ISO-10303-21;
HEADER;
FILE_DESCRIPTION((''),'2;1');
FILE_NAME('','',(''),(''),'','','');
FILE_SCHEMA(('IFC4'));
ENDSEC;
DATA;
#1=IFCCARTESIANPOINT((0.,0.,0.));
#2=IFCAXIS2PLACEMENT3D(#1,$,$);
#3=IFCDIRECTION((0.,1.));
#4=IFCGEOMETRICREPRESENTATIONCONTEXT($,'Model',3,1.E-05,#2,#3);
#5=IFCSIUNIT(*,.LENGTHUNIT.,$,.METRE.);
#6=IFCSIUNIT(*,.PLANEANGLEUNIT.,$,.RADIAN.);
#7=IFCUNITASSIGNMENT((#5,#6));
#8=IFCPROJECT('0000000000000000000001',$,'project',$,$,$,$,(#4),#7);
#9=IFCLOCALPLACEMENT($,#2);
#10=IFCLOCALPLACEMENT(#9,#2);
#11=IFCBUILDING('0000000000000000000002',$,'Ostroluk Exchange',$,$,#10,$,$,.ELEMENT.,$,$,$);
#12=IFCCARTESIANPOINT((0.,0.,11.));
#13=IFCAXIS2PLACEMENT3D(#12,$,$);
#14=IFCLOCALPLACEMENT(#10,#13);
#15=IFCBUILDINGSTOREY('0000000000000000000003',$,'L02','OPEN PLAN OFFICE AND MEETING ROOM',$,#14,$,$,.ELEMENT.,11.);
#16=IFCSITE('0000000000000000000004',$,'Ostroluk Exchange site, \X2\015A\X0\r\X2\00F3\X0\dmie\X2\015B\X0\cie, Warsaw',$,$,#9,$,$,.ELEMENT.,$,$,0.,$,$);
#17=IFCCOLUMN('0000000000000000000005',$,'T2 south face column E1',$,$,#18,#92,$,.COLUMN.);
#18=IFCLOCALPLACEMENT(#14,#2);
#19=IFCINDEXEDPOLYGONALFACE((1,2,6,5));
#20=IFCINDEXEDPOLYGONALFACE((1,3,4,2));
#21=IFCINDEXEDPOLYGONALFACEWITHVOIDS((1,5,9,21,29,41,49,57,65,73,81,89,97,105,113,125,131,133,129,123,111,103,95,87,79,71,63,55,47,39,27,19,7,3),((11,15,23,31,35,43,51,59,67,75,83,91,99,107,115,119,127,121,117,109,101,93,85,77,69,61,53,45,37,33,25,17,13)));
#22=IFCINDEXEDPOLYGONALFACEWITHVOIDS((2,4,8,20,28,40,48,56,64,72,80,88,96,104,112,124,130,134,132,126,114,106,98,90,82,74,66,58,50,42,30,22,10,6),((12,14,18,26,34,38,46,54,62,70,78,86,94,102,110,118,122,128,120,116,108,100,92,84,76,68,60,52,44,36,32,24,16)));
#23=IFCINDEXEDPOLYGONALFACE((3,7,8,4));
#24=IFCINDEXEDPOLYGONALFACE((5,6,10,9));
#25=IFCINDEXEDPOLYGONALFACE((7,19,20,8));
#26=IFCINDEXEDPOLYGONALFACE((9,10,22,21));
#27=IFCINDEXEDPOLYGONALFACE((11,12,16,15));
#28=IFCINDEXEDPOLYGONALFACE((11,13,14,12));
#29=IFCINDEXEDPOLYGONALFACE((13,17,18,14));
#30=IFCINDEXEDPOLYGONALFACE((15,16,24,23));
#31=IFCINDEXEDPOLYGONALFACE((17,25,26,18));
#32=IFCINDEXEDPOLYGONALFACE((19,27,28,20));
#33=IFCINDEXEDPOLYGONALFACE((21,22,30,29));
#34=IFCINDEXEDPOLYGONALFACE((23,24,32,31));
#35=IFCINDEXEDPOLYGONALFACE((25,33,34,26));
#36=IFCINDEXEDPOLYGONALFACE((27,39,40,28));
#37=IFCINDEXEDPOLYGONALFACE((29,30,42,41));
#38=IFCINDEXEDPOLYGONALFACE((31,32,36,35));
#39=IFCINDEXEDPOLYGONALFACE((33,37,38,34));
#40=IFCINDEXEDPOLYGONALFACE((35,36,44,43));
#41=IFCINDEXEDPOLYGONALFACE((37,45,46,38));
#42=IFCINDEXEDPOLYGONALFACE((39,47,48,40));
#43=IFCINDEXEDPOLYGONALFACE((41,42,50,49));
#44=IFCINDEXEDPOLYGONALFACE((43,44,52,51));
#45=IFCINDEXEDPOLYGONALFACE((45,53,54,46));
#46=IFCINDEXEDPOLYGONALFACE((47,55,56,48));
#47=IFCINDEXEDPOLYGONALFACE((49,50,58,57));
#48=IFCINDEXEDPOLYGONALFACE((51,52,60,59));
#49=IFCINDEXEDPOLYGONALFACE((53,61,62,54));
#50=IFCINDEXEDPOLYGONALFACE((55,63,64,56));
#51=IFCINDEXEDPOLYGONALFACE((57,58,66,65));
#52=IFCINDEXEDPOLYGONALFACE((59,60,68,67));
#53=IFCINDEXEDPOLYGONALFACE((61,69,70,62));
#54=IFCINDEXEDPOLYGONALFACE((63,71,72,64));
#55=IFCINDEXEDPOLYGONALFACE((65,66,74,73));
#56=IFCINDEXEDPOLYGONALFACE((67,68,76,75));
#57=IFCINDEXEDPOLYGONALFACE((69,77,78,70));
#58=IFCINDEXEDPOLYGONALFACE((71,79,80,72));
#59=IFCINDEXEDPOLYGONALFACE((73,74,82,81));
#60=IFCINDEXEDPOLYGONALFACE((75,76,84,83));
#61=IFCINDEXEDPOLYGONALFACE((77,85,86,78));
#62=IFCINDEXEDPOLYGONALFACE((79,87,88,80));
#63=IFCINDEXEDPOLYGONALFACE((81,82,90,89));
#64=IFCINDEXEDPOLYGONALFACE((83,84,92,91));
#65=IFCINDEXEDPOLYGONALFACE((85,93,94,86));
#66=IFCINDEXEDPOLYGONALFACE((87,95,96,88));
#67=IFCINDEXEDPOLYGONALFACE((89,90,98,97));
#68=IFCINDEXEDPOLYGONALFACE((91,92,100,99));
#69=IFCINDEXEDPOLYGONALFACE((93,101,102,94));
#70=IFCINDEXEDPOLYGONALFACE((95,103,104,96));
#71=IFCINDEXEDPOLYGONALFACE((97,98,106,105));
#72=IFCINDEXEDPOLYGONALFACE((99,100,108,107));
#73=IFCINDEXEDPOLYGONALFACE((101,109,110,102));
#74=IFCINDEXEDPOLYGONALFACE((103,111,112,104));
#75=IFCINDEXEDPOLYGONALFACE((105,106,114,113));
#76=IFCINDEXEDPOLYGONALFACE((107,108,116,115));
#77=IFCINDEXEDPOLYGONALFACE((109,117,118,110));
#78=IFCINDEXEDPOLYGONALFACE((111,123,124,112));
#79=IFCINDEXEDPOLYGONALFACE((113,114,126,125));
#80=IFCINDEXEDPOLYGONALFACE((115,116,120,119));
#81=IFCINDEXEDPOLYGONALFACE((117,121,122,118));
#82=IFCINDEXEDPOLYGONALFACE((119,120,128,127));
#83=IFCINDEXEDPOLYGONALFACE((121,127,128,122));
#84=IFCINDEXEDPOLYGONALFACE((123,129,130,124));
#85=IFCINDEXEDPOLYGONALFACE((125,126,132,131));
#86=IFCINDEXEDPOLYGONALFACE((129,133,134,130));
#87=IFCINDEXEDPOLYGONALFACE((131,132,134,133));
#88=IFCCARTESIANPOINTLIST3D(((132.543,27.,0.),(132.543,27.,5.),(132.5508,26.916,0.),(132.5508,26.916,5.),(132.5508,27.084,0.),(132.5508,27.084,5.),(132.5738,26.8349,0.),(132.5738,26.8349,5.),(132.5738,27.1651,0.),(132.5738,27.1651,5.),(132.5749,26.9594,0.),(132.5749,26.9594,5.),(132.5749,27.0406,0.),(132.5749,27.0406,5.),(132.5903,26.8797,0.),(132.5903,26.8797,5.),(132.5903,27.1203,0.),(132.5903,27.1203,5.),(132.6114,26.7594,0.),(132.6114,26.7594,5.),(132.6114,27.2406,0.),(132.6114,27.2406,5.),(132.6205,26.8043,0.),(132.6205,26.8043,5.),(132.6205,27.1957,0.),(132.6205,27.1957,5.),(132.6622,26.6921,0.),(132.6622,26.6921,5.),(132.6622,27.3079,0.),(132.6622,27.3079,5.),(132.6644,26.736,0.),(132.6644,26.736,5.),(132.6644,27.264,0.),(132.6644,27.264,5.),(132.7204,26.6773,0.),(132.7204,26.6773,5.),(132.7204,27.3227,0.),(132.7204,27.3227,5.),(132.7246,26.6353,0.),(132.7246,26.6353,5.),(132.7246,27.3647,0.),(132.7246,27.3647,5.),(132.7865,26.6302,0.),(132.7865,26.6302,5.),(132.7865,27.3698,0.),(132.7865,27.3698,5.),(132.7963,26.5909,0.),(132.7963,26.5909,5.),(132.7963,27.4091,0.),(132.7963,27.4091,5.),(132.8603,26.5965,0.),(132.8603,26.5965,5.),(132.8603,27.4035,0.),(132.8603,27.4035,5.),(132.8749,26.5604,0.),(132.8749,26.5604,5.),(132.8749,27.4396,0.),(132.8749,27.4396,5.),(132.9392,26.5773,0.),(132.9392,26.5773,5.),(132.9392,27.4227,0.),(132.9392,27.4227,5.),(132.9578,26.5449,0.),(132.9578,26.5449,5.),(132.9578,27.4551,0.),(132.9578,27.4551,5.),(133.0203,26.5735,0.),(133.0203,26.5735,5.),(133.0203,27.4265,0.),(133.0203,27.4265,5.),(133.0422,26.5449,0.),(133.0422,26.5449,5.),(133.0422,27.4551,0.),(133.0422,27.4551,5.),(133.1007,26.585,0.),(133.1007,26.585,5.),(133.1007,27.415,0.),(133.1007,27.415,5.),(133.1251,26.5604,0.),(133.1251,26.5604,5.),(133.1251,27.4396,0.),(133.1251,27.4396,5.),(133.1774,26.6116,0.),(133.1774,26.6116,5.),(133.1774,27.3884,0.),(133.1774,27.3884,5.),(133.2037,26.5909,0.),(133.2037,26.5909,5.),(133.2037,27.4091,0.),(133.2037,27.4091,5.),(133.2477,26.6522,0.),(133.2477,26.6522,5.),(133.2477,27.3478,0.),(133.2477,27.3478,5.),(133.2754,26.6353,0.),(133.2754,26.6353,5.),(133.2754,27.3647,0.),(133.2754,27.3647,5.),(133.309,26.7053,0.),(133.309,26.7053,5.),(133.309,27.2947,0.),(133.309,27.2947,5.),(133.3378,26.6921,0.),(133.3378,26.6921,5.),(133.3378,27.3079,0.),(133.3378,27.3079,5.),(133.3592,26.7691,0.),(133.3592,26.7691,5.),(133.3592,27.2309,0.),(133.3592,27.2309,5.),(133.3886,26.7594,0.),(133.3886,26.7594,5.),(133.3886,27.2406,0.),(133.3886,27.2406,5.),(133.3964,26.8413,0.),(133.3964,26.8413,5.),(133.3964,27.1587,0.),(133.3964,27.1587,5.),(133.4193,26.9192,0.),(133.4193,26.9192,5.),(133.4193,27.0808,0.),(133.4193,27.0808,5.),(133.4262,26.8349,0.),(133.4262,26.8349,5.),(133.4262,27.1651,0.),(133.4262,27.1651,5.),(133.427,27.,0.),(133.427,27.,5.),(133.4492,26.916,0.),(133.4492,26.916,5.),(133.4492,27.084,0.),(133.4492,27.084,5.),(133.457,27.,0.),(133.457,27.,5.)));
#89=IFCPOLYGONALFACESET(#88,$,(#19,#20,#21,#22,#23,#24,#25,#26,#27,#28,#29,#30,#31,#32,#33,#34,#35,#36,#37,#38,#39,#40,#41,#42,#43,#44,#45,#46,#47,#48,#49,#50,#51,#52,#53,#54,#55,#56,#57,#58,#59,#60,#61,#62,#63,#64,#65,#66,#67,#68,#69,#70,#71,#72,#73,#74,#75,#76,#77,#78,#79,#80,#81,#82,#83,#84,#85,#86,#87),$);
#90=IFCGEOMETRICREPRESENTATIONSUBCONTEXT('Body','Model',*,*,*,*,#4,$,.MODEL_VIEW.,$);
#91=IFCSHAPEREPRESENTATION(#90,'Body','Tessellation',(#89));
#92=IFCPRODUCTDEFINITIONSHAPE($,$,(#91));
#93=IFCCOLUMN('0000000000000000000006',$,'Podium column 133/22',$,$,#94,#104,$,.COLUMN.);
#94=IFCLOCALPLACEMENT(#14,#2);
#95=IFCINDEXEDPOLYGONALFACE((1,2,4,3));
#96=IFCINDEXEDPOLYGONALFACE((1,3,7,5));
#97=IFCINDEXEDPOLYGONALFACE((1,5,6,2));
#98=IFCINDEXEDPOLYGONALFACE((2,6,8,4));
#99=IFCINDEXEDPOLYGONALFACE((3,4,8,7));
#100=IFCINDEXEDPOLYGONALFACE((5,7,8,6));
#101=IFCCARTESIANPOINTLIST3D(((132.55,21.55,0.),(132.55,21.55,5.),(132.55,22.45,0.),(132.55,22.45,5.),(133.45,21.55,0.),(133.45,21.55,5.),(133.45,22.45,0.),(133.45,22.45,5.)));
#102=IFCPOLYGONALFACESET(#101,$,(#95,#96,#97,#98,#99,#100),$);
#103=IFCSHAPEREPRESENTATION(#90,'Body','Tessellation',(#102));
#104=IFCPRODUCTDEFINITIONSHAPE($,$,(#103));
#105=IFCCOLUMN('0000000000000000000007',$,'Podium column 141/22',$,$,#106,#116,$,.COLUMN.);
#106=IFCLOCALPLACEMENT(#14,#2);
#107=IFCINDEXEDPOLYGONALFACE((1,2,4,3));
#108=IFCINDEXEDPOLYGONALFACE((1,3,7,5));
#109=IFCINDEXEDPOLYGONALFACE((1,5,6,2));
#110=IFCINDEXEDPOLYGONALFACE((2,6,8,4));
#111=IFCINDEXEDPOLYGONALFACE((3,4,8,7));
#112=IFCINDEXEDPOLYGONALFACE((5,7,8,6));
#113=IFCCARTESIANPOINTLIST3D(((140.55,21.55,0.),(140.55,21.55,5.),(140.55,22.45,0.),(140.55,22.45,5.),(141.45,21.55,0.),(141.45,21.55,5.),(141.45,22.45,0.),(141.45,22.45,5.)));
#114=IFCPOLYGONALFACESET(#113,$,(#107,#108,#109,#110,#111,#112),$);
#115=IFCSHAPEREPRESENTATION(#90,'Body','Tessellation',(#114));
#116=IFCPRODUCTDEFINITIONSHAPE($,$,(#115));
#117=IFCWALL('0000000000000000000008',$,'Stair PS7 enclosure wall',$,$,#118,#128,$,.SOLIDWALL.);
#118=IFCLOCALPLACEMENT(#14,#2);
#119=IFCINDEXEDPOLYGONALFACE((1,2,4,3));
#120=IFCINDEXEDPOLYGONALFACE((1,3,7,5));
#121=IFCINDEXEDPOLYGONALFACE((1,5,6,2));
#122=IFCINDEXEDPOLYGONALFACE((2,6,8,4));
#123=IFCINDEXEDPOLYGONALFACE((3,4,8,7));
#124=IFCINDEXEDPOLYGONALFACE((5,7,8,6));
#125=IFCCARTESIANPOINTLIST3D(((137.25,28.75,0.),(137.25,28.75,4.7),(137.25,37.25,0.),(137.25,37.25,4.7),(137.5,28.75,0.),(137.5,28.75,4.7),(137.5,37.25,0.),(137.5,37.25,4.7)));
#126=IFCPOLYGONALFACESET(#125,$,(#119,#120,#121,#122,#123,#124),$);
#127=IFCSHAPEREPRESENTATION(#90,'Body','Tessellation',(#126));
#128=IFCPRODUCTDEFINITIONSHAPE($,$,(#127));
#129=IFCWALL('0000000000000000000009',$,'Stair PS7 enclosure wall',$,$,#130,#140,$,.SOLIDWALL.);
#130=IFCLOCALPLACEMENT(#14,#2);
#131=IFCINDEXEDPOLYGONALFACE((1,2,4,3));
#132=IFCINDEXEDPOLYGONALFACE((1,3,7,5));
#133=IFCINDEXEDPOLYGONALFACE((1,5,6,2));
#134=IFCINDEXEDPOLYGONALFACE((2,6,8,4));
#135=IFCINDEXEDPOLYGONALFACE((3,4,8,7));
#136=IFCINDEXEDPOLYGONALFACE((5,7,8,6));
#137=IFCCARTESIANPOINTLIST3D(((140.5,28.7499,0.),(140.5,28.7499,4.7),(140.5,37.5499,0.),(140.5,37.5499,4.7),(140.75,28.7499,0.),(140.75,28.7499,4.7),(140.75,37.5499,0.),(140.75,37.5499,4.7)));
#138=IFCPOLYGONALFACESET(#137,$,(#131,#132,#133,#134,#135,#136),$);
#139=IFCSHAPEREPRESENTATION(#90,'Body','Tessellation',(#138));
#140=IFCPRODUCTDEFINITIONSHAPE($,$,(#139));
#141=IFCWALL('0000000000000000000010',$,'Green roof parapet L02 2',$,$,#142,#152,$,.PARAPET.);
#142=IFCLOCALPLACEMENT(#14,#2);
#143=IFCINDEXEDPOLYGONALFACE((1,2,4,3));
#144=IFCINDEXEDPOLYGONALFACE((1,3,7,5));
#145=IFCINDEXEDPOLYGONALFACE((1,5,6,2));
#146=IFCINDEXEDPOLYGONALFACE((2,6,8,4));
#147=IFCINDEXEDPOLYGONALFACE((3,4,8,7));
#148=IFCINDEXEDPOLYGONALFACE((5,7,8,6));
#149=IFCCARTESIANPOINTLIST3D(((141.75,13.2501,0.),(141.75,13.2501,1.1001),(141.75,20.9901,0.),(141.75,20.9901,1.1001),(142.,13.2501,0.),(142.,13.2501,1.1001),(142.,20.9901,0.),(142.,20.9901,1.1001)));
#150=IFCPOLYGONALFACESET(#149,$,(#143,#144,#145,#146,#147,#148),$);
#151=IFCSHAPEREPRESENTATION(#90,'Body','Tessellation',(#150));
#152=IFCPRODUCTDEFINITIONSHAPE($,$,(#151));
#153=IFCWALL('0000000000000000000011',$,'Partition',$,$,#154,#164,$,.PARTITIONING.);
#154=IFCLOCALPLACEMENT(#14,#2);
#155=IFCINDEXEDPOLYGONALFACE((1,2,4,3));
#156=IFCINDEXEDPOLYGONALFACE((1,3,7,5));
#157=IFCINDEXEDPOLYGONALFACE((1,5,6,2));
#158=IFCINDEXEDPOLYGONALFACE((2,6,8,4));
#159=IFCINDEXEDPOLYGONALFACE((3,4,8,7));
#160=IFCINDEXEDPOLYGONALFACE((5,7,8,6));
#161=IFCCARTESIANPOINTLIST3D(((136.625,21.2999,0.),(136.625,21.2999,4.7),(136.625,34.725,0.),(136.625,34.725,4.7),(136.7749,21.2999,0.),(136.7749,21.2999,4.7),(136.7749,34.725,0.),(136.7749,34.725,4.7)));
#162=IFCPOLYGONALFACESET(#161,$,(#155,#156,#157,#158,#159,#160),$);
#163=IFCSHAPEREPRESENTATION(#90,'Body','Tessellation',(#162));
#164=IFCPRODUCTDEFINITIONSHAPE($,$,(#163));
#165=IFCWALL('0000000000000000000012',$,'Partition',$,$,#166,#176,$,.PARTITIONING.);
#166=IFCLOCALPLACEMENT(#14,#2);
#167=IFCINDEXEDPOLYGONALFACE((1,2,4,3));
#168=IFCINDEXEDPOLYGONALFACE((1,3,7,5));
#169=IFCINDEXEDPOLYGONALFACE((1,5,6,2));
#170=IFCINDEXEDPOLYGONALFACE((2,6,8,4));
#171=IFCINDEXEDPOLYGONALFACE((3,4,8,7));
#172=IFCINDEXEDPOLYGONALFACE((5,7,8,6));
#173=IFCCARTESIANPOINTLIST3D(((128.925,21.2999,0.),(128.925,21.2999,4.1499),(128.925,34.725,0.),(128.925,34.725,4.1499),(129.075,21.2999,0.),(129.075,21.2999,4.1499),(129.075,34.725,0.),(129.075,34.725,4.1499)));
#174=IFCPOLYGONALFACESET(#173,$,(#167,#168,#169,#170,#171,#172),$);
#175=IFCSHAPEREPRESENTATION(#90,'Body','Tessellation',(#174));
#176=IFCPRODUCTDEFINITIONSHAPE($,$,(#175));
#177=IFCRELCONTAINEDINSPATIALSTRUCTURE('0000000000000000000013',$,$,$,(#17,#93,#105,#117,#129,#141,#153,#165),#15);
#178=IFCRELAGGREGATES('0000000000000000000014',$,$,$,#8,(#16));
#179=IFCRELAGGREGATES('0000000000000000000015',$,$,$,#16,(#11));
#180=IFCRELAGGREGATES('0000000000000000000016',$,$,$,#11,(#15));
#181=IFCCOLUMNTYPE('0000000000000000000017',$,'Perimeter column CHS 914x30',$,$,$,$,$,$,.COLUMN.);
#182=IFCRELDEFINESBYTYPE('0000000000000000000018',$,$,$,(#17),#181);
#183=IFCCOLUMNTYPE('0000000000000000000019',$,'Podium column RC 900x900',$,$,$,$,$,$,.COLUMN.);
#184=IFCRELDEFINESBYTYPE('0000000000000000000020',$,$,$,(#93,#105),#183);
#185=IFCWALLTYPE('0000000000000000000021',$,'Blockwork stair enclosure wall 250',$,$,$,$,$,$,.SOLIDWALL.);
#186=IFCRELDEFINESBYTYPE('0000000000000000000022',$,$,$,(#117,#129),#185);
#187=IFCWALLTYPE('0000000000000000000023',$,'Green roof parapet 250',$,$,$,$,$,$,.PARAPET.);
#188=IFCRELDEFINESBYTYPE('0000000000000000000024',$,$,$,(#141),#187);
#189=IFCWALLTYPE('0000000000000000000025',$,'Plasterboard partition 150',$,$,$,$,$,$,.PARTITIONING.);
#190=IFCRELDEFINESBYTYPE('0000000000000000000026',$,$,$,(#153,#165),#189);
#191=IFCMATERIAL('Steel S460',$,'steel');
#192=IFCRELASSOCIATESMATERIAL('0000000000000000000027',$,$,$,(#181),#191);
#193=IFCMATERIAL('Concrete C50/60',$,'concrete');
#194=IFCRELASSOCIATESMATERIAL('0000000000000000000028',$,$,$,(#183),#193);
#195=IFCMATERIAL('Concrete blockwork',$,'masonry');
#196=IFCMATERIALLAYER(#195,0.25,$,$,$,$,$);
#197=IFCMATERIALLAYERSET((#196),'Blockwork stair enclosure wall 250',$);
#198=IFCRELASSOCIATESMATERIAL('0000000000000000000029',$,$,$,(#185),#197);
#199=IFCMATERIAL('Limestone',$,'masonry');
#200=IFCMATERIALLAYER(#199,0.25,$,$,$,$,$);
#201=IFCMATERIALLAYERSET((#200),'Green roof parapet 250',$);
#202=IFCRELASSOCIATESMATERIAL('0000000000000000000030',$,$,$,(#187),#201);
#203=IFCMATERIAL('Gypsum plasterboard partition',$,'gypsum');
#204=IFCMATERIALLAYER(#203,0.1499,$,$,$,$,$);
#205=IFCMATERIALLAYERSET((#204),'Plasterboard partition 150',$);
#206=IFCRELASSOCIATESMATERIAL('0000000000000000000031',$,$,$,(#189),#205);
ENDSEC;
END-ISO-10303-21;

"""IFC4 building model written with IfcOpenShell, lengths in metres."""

from ifc_helpers import new_model, si_unit, direction, frame, frame_2d, origin, origin_2d, place, context, subcontext, project, spatial, rectangle, hollow_circle, extrude, material, layer, layer_set, material_profile, profile_set, type_object, element, save


model = new_model("IFC4")

# Units and contexts
model_context = context("Model", 3, precision=1e-05, world=origin(), true_north=direction((0.0, 1.0)))
body_context = subcontext(model_context, "Body", "Model", "MODEL_VIEW")
ifc_project = project(units=[si_unit("LENGTHUNIT", "METRE"), si_unit("PLANEANGLEUNIT", "RADIAN")], contexts=[model_context])

# Site, building, storey
site_placement = place(None, origin())
site = spatial("IfcSite", under=ifc_project, at=site_placement, Name="Ostroluk Exchange site, Śródmieście, Warsaw", CompositionType="ELEMENT", RefElevation=0.0)
building_placement = place(site_placement, origin())
building = spatial("IfcBuilding", under=site, at=building_placement, Name="Ostroluk Exchange", CompositionType="ELEMENT")
storey_placement = place(building_placement, frame((0.0, 0.0, 11.0)))
storey = spatial("IfcBuildingStorey", under=building, at=storey_placement, Name="L02", Description="OPEN PLAN OFFICE AND MEETING ROOM", CompositionType="ELEMENT", Elevation=11.0)

# Columns
ifc_material_1 = material(Name="Steel S460", Category="steel")
ifc_material_profile_1 = material_profile(ifc_material_1, hollow_circle(Radius=0.457, WallThickness=0.03, at=origin_2d()), Name="CHS 914x30")
ifc_profile_set_1 = profile_set([ifc_material_profile_1], Name="Steel S460")
column_type_1 = type_object("IfcColumnType", Name="Perimeter column CHS 914x30", PredefinedType="COLUMN", material=ifc_profile_set_1)
column_placement = place(storey_placement, frame((133.0, 27.0, 0.0), z_axis=(0.0, 0.0, 1.0), x_axis=(1.0, 0.0, 0.0)))
element("IfcColumn", 1, at=column_placement, inside=storey, type_object=column_type_1, Name="T2 south face column E1", PredefinedType="COLUMN", context=body_context, shape_type="SweptSolid", body=[
    extrude(hollow_circle(Radius=0.457, WallThickness=0.03, at=origin_2d()), origin(), (0.0, 0.0, 1.0), 5.0),
])
ifc_material_2 = material(Name="Concrete C50/60", Category="concrete")
ifc_material_profile_2 = material_profile(ifc_material_2, rectangle(XDim=0.8999, YDim=0.8999, at=origin_2d()), Name="RC 900x900")
ifc_profile_set_2 = profile_set([ifc_material_profile_2], Name="Concrete C50/60")
column_type_2 = type_object("IfcColumnType", Name="Podium column RC 900x900", PredefinedType="COLUMN", material=ifc_profile_set_2)
for number, where, z_axis, x_axis, name in (
    (2, (133.0, 22.0, 0.0), (0.0, 0.0, 1.0), (1.0, 0.0, 0.0), "Podium column 133/22"),
    (3, (141.0, 22.0, 0.0), (0.0, 0.0, 1.0), (1.0, 0.0, 0.0), "Podium column 141/22"),
):
    element("IfcColumn", number, at=place(storey_placement, frame(where, z_axis=z_axis, x_axis=x_axis)), inside=storey, type_object=column_type_2, Name=name, PredefinedType="COLUMN", context=body_context, shape_type="SweptSolid", body=[
        extrude(rectangle(XDim=0.8999, YDim=0.8999, at=origin_2d()), origin(), (0.0, 0.0, 1.0), 5.0),
    ])

# Walls
ifc_material_3 = material(Name="Concrete blockwork", Category="masonry")
ifc_layer_1 = layer(ifc_material_3, 0.25)
ifc_layer_set_1 = layer_set([ifc_layer_1], Name="Blockwork stair enclosure wall 250")
wall_type_1 = type_object("IfcWallType", Name="Blockwork stair enclosure wall 250", PredefinedType="SOLIDWALL", material=ifc_layer_set_1)
wall_1_placement = place(storey_placement, frame((137.375, 28.75, 0.0), z_axis=(0.0, 0.0, 1.0), x_axis=(0.0, 1.0, 0.0)))
element("IfcWall", 4, at=wall_1_placement, inside=storey, type_object=wall_type_1, Name="Stair PS7 enclosure wall", PredefinedType="SOLIDWALL", context=body_context, shape_type="SweptSolid", body=[
    extrude(rectangle(XDim=8.5, YDim=0.25, at=frame_2d((4.25, 0.0))), origin(), (0.0, 0.0, 1.0), 4.7),
])
wall_2_placement = place(storey_placement, frame((140.625, 28.75, 0.0), z_axis=(0.0, 0.0, 1.0), x_axis=(0.0, 1.0, 0.0)))
element("IfcWall", 5, at=wall_2_placement, inside=storey, type_object=wall_type_1, Name="Stair PS7 enclosure wall", PredefinedType="SOLIDWALL", context=body_context, shape_type="SweptSolid", body=[
    extrude(rectangle(XDim=8.8, YDim=0.25, at=frame_2d((4.3999, 0.0))), origin(), (0.0, 0.0, 1.0), 4.7),
])
ifc_material_4 = material(Name="Limestone", Category="masonry")
ifc_layer_2 = layer(ifc_material_4, 0.25)
ifc_layer_set_2 = layer_set([ifc_layer_2], Name="Green roof parapet 250")
wall_type_2 = type_object("IfcWallType", Name="Green roof parapet 250", PredefinedType="PARAPET", material=ifc_layer_set_2)
wall_3_placement = place(storey_placement, frame((141.875, 13.25, 0.0), z_axis=(0.0, 0.0, 1.0), x_axis=(0.0, 1.0, 0.0)))
element("IfcWall", 6, at=wall_3_placement, inside=storey, type_object=wall_type_2, Name="Green roof parapet L02 2", PredefinedType="PARAPET", context=body_context, shape_type="SweptSolid", body=[
    extrude(rectangle(XDim=7.74, YDim=0.25, at=frame_2d((3.8701, 0.0))), origin(), (0.0, 0.0, 1.0), 1.1001),
])

# Walls
ifc_material_5 = material(Name="Gypsum plasterboard partition", Category="gypsum")
ifc_layer_3 = layer(ifc_material_5, 0.1499)
ifc_layer_set_3 = layer_set([ifc_layer_3], Name="Plasterboard partition 150")
wall_type_3 = type_object("IfcWallType", Name="Plasterboard partition 150", PredefinedType="PARTITIONING", material=ifc_layer_set_3)
wall_4_placement = place(storey_placement, frame((136.7, 21.3, 0.0), z_axis=(0.0, 0.0, 1.0), x_axis=(0.0, 1.0, 0.0)))
element("IfcWall", 7, at=wall_4_placement, inside=storey, type_object=wall_type_3, Name="Partition", PredefinedType="PARTITIONING", context=body_context, shape_type="SweptSolid", body=[
    extrude(rectangle(XDim=13.425, YDim=0.1499, at=frame_2d((6.7124, 0.0))), origin(), (0.0, 0.0, 1.0), 4.7),
])
wall_5_placement = place(storey_placement, frame((129.0, 21.3, 0.0), z_axis=(0.0, 0.0, 1.0), x_axis=(0.0, 1.0, 0.0)))
element("IfcWall", 8, at=wall_5_placement, inside=storey, type_object=wall_type_3, Name="Partition", PredefinedType="PARTITIONING", context=body_context, shape_type="SweptSolid", body=[
    extrude(rectangle(XDim=13.425, YDim=0.1499, at=frame_2d((6.7124, 0.0))), origin(), (0.0, 0.0, 1.0), 4.1499),
])

save(model, "model.ifc")
